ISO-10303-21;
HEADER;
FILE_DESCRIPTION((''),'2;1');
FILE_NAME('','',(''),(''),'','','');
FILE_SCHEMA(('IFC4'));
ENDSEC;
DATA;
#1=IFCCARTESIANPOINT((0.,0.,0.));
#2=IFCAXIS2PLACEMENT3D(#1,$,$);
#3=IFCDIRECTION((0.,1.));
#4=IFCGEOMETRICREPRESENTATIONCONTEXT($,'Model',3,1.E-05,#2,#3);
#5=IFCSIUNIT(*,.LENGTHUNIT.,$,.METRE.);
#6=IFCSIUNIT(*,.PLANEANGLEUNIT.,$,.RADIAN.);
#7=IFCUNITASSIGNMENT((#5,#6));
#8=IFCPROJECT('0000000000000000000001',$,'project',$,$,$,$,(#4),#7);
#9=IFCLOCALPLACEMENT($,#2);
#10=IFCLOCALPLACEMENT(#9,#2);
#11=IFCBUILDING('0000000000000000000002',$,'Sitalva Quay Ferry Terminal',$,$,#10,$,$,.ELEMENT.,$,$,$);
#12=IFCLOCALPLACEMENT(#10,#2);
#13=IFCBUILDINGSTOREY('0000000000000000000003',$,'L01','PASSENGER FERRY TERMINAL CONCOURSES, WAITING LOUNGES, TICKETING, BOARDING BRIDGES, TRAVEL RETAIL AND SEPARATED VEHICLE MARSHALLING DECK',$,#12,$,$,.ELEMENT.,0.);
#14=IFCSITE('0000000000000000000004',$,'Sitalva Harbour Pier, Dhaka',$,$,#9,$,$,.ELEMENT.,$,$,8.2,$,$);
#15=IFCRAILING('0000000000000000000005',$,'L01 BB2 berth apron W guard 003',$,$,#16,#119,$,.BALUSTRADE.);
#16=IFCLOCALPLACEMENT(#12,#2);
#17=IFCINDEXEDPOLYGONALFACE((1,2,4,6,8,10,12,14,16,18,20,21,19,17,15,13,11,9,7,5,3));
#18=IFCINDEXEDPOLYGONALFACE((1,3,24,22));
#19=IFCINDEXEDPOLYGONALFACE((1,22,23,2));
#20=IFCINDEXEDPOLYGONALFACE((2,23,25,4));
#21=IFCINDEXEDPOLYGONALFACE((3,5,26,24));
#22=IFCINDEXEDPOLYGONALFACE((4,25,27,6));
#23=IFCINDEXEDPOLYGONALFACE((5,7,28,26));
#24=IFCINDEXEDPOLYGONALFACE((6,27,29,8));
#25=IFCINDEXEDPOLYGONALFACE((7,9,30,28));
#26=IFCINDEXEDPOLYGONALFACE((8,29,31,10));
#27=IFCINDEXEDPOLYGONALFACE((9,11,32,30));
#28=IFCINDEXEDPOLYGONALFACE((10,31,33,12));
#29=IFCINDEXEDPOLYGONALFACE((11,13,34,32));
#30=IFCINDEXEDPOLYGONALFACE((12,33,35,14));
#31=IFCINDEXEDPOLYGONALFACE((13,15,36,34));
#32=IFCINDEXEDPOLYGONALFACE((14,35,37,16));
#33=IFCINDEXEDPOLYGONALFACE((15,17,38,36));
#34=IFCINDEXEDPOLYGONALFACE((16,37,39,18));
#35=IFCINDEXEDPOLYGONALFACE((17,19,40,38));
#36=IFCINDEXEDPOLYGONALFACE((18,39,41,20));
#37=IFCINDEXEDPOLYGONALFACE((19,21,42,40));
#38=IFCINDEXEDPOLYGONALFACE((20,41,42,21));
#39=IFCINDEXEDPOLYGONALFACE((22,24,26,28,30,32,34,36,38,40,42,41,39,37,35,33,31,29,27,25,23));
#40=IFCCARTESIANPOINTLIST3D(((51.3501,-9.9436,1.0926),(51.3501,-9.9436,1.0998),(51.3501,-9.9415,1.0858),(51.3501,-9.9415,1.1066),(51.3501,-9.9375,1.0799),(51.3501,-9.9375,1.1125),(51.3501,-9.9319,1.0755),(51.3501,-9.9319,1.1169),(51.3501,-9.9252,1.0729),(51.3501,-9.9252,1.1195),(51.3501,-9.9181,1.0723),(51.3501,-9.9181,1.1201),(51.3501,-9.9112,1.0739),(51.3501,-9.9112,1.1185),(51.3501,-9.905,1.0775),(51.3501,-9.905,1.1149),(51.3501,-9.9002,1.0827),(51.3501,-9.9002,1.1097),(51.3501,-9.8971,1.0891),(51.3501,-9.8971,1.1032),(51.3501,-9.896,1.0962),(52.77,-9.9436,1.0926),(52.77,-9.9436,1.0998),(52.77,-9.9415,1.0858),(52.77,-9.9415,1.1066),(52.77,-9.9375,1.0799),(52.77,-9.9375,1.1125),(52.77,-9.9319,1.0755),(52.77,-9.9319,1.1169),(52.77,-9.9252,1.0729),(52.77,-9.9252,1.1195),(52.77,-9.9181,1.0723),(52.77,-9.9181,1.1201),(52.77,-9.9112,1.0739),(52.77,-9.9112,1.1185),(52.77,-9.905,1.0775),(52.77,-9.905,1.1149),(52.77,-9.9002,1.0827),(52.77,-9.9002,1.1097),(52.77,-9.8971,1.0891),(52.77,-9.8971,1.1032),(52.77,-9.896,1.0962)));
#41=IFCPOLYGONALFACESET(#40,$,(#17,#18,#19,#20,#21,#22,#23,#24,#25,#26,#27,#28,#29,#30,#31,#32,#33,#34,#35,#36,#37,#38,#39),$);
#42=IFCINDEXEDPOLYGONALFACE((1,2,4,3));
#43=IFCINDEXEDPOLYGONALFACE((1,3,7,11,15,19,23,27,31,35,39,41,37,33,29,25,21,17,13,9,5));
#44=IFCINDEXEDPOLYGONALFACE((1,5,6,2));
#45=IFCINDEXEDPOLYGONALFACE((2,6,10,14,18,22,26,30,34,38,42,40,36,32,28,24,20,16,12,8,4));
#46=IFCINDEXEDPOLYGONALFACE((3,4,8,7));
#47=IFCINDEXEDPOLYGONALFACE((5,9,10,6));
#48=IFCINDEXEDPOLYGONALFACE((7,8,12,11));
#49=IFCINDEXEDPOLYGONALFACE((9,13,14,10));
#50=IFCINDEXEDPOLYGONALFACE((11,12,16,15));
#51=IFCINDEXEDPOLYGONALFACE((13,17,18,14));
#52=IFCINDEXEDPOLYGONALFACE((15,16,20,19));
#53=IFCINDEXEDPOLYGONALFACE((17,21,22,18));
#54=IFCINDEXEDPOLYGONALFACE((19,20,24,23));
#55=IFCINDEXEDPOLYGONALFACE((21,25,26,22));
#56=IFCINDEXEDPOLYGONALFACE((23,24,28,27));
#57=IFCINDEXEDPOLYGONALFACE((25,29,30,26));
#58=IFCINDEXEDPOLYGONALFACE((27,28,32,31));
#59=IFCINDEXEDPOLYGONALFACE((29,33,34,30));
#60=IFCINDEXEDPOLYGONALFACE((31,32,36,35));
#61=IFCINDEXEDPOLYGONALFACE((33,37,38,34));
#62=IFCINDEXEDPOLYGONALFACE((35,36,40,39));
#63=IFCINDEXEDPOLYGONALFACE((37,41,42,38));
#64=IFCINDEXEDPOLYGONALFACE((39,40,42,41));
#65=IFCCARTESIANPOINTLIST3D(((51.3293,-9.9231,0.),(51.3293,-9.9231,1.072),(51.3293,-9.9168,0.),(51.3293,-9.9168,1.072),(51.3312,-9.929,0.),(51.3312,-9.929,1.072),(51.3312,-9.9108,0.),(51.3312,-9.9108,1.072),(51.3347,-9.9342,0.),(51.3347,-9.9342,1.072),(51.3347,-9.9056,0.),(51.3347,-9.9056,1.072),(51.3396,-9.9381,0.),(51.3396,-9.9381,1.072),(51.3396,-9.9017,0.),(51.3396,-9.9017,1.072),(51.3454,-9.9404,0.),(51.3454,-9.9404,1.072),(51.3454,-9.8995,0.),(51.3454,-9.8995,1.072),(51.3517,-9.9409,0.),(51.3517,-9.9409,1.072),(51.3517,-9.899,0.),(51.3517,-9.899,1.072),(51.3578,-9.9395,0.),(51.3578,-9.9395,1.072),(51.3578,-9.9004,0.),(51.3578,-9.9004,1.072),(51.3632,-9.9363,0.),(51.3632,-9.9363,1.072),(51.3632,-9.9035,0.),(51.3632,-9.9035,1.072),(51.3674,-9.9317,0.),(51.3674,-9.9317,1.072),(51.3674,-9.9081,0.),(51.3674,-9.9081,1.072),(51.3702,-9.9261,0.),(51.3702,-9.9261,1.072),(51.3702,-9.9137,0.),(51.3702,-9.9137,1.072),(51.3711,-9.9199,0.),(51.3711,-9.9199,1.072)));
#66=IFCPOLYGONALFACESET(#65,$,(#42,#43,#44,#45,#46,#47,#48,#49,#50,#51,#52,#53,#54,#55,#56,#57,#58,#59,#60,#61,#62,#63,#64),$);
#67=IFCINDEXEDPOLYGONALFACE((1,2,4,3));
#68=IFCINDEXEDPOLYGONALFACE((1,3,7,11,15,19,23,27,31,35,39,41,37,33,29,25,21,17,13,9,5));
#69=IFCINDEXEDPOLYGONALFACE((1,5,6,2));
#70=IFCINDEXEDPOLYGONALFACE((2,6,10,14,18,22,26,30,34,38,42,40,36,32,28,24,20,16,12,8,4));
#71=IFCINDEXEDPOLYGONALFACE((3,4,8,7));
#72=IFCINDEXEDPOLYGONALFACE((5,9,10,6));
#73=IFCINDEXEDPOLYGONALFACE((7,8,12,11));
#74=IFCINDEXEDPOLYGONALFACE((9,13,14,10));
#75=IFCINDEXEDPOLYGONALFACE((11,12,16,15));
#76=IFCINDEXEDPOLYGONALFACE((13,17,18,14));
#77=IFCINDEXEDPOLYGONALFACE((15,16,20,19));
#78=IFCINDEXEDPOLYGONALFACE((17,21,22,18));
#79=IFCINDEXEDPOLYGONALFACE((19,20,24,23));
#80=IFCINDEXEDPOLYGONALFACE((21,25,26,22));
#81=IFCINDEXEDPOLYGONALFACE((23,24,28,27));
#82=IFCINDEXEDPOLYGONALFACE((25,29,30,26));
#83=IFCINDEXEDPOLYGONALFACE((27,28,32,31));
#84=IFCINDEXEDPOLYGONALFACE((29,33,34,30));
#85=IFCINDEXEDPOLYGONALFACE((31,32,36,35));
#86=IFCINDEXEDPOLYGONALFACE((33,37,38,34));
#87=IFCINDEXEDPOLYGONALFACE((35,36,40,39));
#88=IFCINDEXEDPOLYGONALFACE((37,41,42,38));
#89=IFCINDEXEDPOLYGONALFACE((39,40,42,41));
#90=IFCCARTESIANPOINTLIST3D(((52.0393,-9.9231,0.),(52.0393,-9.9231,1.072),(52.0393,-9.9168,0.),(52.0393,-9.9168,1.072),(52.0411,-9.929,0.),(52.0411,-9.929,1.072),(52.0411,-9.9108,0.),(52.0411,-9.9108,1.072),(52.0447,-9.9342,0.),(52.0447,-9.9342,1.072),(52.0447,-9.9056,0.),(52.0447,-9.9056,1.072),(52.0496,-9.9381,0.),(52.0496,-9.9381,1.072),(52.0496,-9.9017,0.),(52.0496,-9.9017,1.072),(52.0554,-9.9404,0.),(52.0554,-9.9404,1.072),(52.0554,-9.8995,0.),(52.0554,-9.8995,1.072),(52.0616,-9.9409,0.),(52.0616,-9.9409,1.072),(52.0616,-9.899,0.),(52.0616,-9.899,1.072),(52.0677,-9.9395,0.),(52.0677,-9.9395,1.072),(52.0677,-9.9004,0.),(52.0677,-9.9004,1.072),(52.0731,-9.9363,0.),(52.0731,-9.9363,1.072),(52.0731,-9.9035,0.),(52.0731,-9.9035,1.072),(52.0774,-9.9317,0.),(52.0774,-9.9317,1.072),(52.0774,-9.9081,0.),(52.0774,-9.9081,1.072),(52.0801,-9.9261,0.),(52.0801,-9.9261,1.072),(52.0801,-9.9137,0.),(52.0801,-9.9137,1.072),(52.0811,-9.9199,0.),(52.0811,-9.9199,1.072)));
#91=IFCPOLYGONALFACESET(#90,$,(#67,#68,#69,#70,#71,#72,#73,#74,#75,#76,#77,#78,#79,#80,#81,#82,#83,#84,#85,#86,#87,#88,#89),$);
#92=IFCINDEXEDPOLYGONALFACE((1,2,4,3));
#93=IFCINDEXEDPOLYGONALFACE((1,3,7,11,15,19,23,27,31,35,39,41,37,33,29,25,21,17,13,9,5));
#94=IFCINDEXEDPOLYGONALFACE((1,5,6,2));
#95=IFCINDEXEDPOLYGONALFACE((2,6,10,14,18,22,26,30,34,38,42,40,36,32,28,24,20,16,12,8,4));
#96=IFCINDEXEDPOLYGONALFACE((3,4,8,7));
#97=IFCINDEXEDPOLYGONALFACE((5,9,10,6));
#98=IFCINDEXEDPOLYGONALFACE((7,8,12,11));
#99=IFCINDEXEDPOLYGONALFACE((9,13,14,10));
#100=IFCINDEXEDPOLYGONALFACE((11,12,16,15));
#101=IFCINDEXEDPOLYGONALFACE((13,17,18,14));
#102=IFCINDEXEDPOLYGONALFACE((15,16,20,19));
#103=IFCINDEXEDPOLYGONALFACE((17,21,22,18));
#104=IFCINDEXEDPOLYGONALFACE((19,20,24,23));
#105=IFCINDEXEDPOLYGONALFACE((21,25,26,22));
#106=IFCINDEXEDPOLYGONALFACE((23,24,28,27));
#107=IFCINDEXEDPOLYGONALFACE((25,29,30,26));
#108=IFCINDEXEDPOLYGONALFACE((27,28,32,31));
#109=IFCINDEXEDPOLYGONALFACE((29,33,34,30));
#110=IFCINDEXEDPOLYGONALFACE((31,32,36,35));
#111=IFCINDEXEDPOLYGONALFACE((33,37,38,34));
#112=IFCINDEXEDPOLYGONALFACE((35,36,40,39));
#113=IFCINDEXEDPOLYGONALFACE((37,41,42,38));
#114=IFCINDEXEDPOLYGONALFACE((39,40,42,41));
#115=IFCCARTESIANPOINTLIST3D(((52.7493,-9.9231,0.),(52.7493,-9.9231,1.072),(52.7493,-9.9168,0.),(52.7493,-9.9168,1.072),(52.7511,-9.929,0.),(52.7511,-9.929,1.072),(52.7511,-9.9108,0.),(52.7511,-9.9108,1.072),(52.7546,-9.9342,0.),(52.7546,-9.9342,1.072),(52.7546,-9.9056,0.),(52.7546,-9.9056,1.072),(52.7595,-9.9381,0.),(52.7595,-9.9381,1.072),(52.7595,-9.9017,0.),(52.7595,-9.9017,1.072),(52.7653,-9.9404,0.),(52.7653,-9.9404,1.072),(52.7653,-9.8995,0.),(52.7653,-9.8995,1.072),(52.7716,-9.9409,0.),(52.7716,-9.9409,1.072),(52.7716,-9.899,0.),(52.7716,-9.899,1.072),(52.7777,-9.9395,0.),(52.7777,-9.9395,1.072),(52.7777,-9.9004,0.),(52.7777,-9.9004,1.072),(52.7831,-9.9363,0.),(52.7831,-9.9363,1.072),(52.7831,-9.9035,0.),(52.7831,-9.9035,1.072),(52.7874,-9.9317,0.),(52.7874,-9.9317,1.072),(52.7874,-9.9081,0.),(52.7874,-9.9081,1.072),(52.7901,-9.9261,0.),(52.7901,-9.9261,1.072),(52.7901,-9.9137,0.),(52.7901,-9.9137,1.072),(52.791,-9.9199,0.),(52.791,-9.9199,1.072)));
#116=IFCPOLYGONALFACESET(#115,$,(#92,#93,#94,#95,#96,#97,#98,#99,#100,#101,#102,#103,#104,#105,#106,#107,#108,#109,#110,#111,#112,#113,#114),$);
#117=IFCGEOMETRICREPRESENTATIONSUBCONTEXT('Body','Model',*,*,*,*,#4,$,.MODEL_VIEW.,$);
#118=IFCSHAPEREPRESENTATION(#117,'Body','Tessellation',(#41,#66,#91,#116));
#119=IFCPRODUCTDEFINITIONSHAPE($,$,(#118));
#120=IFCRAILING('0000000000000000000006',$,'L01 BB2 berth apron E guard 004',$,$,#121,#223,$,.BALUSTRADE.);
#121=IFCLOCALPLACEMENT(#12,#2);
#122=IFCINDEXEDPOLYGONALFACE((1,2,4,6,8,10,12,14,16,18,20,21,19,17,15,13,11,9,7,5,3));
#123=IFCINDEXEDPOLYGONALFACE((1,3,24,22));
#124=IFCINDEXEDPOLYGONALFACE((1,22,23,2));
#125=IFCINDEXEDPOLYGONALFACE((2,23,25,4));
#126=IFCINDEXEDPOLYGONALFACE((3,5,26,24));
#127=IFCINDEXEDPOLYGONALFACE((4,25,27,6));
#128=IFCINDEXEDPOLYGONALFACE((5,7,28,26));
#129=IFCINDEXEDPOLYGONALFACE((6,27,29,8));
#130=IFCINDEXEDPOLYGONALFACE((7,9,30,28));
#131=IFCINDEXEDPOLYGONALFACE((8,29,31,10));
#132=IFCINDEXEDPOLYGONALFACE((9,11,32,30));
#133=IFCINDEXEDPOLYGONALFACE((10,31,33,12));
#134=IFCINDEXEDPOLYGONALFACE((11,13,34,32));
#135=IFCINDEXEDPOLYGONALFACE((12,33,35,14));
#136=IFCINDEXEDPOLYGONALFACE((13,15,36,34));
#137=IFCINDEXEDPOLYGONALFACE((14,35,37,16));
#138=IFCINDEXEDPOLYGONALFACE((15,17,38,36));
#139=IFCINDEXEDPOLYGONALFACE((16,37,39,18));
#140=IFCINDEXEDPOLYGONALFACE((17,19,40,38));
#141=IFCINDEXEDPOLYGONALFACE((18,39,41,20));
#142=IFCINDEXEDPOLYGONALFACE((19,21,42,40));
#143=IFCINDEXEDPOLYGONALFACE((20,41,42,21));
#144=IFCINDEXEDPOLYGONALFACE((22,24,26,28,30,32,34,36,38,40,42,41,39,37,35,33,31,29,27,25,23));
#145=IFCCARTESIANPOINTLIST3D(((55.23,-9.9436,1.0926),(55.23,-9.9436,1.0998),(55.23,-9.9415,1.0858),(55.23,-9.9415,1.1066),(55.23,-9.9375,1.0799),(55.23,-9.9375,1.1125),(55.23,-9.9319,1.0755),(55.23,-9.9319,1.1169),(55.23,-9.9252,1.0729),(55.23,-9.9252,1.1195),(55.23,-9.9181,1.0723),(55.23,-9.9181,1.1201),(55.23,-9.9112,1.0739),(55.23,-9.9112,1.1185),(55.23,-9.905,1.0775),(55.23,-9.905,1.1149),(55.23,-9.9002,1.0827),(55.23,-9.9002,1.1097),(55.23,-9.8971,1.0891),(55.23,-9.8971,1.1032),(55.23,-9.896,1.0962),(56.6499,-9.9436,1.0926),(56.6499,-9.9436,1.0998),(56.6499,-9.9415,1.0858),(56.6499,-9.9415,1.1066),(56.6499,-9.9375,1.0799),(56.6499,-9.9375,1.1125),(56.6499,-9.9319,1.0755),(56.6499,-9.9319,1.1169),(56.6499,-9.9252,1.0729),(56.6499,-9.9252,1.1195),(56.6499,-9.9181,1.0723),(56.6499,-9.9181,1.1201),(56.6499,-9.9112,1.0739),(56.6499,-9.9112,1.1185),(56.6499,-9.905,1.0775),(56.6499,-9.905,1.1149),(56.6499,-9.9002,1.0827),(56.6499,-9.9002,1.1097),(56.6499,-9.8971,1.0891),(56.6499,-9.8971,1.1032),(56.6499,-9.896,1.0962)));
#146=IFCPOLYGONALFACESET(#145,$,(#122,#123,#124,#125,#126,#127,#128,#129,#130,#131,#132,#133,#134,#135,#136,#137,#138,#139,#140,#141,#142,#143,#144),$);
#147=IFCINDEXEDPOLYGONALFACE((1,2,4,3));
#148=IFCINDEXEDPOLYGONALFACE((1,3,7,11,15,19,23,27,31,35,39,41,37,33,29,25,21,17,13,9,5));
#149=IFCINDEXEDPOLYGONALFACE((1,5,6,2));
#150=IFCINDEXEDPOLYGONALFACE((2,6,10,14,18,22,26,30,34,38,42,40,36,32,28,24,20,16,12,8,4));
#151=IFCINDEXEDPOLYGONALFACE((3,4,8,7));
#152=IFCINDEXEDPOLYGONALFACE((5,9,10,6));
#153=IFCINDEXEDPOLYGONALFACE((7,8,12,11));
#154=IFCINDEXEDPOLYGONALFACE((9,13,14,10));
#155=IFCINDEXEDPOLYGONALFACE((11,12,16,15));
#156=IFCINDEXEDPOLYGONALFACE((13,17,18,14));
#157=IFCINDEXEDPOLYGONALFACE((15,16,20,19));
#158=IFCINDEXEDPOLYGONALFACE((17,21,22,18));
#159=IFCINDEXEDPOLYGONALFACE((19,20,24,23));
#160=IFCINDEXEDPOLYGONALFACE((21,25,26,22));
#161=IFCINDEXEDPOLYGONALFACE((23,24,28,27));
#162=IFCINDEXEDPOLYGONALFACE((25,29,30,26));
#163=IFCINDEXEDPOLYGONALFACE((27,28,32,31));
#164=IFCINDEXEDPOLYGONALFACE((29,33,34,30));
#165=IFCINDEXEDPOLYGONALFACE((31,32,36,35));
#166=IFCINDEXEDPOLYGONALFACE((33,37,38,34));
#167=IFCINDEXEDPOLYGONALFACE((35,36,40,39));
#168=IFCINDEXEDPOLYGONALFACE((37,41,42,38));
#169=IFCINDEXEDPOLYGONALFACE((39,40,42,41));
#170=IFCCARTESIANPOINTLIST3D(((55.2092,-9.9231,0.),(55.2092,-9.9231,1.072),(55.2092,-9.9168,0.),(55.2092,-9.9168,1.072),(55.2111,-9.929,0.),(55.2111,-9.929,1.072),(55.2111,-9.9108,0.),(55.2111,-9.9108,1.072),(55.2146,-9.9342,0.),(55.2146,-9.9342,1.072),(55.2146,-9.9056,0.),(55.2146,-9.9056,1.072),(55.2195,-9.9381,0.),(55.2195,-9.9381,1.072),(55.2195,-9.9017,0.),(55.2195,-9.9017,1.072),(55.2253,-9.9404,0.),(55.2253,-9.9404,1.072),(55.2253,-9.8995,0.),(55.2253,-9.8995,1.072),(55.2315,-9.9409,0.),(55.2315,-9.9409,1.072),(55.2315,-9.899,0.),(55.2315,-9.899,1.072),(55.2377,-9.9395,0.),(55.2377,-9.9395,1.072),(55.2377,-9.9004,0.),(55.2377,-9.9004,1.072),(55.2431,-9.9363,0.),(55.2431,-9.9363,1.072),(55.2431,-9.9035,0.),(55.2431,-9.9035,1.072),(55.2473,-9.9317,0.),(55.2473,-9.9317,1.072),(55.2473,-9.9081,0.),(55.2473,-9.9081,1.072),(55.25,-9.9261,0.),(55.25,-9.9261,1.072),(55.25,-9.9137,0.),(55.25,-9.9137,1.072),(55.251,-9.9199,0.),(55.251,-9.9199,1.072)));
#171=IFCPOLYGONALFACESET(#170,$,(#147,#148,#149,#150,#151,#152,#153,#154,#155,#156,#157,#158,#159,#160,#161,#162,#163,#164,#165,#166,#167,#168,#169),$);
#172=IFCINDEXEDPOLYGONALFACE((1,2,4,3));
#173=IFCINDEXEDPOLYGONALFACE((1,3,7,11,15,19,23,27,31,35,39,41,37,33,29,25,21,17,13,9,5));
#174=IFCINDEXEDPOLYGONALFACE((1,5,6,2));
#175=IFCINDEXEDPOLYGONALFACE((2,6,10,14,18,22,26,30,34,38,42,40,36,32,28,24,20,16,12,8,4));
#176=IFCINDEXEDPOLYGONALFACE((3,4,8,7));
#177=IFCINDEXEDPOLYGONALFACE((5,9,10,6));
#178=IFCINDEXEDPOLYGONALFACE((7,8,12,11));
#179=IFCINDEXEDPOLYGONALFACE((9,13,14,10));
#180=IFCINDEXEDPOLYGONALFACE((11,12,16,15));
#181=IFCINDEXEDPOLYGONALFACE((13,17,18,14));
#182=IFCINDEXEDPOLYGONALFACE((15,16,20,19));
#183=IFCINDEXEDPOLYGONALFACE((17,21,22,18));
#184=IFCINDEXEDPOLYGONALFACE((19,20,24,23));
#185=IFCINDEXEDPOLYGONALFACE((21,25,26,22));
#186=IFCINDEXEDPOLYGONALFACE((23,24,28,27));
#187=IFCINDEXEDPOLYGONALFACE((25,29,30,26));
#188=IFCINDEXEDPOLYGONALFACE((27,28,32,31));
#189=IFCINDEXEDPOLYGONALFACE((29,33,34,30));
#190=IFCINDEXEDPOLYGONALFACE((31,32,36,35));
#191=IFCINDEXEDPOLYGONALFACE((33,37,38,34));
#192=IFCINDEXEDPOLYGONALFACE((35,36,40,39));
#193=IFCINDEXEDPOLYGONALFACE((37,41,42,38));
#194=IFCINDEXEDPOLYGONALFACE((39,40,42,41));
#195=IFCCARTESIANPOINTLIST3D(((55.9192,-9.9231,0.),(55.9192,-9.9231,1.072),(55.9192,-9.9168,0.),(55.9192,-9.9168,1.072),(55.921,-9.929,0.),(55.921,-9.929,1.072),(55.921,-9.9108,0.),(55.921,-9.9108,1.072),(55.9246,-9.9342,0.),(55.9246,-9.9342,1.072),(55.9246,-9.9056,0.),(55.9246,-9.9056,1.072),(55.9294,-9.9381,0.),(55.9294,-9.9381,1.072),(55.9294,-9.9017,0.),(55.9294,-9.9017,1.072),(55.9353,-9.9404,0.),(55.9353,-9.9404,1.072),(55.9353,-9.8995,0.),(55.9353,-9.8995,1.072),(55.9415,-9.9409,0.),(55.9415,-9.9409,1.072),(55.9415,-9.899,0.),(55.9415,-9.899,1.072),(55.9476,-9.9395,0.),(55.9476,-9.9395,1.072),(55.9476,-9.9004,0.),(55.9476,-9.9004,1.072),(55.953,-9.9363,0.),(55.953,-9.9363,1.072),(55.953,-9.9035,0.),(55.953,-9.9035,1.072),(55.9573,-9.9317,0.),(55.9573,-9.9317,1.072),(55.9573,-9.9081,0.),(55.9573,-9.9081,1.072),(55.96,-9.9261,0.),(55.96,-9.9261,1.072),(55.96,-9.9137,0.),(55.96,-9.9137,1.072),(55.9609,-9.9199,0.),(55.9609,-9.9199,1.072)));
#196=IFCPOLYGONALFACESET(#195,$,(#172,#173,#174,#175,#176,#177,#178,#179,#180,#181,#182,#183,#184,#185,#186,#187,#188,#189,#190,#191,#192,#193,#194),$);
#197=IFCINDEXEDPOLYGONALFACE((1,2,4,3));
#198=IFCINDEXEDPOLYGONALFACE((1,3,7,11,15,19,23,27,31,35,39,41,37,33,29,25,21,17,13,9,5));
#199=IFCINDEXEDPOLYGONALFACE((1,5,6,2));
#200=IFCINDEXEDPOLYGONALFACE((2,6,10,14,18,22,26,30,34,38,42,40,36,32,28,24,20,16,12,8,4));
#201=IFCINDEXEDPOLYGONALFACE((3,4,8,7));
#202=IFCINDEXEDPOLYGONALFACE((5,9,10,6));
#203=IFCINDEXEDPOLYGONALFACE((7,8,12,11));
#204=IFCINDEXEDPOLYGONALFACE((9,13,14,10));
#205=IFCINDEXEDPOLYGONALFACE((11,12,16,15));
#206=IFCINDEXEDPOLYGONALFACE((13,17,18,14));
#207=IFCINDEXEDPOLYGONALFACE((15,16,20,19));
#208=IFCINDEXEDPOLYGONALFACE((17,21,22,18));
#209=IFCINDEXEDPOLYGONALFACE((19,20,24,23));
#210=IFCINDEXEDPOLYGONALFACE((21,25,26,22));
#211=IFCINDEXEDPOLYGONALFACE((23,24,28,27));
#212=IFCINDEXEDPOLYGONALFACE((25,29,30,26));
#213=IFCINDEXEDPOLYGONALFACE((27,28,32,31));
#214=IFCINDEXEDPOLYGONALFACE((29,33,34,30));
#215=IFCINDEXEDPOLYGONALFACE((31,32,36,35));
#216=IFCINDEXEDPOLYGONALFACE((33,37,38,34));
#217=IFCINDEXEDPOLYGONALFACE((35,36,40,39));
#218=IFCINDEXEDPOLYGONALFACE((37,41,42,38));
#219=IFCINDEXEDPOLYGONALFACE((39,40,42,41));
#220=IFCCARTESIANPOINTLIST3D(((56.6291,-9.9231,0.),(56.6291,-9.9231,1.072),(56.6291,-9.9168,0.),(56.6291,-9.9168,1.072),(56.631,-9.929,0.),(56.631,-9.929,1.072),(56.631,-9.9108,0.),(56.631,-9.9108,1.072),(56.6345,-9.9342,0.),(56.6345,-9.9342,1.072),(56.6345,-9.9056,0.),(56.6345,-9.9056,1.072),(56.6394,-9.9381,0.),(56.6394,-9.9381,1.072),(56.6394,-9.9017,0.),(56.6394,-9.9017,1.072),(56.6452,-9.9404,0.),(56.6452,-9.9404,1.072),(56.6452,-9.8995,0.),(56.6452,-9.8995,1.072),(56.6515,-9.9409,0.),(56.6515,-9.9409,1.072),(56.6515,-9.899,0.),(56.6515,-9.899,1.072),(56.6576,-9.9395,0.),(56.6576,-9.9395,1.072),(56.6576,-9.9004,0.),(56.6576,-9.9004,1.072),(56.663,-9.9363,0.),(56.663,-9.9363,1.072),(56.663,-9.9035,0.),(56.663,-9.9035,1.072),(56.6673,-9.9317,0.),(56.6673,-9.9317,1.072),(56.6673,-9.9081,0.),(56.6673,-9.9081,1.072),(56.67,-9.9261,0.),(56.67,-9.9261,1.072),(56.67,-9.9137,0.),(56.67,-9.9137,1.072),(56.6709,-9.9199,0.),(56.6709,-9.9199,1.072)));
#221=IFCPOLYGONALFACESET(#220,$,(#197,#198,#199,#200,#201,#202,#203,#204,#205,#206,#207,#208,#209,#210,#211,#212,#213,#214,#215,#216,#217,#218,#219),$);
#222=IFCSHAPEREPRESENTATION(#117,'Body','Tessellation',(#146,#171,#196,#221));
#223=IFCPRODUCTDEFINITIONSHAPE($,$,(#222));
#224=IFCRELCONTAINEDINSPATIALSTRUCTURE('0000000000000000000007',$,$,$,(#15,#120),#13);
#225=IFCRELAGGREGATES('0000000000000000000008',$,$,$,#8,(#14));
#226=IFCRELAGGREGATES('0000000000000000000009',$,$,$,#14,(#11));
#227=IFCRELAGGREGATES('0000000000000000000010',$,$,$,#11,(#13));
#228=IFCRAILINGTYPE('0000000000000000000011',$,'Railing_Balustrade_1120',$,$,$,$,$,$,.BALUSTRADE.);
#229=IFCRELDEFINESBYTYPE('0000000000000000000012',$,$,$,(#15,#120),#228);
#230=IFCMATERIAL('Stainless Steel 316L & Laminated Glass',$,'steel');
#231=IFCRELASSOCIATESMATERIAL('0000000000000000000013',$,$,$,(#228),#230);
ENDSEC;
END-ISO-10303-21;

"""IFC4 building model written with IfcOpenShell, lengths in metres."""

from ifc_helpers import new_model, si_unit, direction, frame, origin, origin_2d, place, context, subcontext, project, spatial, circle, extrude, material, type_object, element, save


model = new_model("IFC4")

# Units and contexts
model_context = context("Model", 3, precision=1e-05, world=origin(), true_north=direction((0.0, 1.0)))
body_context = subcontext(model_context, "Body", "Model", "MODEL_VIEW")
ifc_project = project(units=[si_unit("LENGTHUNIT", "METRE"), si_unit("PLANEANGLEUNIT", "RADIAN")], contexts=[model_context])

# Site, building, storey
site_placement = place(None, origin())
site = spatial("IfcSite", under=ifc_project, at=site_placement, Name="Sitalva Harbour Pier, Dhaka", CompositionType="ELEMENT", RefElevation=8.2)
building_placement = place(site_placement, origin())
building = spatial("IfcBuilding", under=site, at=building_placement, Name="Sitalva Quay Ferry Terminal", CompositionType="ELEMENT")
storey_placement = place(building_placement, origin())
storey = spatial("IfcBuildingStorey", under=building, at=storey_placement, Name="L01", Description="PASSENGER FERRY TERMINAL CONCOURSES, WAITING LOUNGES, TICKETING, BOARDING BRIDGES, TRAVEL RETAIL AND SEPARATED VEHICLE MARSHALLING DECK", CompositionType="ELEMENT", Elevation=0.0)

# Railings
ifc_material_1 = material(Name="Stainless Steel 316L & Laminated Glass", Category="steel")
railing_type = type_object("IfcRailingType", Name="Railing_Balustrade_1120", PredefinedType="BALUSTRADE", material=ifc_material_1)
for number, where, name in (
    (1, (51.3501, -9.9199, 0.0), "L01 BB2 berth apron W guard 003"),
    (2, (55.23, -9.9199, 0.0), "L01 BB2 berth apron E guard 004"),
):
    element("IfcRailing", number, at=place(storey_placement, frame(where)), inside=storey, type_object=railing_type, Name=name, PredefinedType="BALUSTRADE", context=body_context, shape_type="SweptSolid", body=[
        extrude(circle(Radius=0.0239, at=origin_2d()), frame((0.0, 0.0, 1.0962), z_axis=(1.0, 0.0, 0.0), x_axis=(0.0, 1.0, 0.0)), (0.0, 0.0, 1.0), 1.4199),
        extrude(circle(Radius=0.021, at=origin_2d()), origin(), (0.0, 0.0, 1.0), 1.072),
        extrude(circle(Radius=0.021, at=origin_2d()), frame((0.71, 0.0, 0.0)), (0.0, 0.0, 1.0), 1.072),
        extrude(circle(Radius=0.021, at=origin_2d()), frame((1.4199, 0.0, 0.0)), (0.0, 0.0, 1.0), 1.072),
    ])

save(model, "model.ifc")
